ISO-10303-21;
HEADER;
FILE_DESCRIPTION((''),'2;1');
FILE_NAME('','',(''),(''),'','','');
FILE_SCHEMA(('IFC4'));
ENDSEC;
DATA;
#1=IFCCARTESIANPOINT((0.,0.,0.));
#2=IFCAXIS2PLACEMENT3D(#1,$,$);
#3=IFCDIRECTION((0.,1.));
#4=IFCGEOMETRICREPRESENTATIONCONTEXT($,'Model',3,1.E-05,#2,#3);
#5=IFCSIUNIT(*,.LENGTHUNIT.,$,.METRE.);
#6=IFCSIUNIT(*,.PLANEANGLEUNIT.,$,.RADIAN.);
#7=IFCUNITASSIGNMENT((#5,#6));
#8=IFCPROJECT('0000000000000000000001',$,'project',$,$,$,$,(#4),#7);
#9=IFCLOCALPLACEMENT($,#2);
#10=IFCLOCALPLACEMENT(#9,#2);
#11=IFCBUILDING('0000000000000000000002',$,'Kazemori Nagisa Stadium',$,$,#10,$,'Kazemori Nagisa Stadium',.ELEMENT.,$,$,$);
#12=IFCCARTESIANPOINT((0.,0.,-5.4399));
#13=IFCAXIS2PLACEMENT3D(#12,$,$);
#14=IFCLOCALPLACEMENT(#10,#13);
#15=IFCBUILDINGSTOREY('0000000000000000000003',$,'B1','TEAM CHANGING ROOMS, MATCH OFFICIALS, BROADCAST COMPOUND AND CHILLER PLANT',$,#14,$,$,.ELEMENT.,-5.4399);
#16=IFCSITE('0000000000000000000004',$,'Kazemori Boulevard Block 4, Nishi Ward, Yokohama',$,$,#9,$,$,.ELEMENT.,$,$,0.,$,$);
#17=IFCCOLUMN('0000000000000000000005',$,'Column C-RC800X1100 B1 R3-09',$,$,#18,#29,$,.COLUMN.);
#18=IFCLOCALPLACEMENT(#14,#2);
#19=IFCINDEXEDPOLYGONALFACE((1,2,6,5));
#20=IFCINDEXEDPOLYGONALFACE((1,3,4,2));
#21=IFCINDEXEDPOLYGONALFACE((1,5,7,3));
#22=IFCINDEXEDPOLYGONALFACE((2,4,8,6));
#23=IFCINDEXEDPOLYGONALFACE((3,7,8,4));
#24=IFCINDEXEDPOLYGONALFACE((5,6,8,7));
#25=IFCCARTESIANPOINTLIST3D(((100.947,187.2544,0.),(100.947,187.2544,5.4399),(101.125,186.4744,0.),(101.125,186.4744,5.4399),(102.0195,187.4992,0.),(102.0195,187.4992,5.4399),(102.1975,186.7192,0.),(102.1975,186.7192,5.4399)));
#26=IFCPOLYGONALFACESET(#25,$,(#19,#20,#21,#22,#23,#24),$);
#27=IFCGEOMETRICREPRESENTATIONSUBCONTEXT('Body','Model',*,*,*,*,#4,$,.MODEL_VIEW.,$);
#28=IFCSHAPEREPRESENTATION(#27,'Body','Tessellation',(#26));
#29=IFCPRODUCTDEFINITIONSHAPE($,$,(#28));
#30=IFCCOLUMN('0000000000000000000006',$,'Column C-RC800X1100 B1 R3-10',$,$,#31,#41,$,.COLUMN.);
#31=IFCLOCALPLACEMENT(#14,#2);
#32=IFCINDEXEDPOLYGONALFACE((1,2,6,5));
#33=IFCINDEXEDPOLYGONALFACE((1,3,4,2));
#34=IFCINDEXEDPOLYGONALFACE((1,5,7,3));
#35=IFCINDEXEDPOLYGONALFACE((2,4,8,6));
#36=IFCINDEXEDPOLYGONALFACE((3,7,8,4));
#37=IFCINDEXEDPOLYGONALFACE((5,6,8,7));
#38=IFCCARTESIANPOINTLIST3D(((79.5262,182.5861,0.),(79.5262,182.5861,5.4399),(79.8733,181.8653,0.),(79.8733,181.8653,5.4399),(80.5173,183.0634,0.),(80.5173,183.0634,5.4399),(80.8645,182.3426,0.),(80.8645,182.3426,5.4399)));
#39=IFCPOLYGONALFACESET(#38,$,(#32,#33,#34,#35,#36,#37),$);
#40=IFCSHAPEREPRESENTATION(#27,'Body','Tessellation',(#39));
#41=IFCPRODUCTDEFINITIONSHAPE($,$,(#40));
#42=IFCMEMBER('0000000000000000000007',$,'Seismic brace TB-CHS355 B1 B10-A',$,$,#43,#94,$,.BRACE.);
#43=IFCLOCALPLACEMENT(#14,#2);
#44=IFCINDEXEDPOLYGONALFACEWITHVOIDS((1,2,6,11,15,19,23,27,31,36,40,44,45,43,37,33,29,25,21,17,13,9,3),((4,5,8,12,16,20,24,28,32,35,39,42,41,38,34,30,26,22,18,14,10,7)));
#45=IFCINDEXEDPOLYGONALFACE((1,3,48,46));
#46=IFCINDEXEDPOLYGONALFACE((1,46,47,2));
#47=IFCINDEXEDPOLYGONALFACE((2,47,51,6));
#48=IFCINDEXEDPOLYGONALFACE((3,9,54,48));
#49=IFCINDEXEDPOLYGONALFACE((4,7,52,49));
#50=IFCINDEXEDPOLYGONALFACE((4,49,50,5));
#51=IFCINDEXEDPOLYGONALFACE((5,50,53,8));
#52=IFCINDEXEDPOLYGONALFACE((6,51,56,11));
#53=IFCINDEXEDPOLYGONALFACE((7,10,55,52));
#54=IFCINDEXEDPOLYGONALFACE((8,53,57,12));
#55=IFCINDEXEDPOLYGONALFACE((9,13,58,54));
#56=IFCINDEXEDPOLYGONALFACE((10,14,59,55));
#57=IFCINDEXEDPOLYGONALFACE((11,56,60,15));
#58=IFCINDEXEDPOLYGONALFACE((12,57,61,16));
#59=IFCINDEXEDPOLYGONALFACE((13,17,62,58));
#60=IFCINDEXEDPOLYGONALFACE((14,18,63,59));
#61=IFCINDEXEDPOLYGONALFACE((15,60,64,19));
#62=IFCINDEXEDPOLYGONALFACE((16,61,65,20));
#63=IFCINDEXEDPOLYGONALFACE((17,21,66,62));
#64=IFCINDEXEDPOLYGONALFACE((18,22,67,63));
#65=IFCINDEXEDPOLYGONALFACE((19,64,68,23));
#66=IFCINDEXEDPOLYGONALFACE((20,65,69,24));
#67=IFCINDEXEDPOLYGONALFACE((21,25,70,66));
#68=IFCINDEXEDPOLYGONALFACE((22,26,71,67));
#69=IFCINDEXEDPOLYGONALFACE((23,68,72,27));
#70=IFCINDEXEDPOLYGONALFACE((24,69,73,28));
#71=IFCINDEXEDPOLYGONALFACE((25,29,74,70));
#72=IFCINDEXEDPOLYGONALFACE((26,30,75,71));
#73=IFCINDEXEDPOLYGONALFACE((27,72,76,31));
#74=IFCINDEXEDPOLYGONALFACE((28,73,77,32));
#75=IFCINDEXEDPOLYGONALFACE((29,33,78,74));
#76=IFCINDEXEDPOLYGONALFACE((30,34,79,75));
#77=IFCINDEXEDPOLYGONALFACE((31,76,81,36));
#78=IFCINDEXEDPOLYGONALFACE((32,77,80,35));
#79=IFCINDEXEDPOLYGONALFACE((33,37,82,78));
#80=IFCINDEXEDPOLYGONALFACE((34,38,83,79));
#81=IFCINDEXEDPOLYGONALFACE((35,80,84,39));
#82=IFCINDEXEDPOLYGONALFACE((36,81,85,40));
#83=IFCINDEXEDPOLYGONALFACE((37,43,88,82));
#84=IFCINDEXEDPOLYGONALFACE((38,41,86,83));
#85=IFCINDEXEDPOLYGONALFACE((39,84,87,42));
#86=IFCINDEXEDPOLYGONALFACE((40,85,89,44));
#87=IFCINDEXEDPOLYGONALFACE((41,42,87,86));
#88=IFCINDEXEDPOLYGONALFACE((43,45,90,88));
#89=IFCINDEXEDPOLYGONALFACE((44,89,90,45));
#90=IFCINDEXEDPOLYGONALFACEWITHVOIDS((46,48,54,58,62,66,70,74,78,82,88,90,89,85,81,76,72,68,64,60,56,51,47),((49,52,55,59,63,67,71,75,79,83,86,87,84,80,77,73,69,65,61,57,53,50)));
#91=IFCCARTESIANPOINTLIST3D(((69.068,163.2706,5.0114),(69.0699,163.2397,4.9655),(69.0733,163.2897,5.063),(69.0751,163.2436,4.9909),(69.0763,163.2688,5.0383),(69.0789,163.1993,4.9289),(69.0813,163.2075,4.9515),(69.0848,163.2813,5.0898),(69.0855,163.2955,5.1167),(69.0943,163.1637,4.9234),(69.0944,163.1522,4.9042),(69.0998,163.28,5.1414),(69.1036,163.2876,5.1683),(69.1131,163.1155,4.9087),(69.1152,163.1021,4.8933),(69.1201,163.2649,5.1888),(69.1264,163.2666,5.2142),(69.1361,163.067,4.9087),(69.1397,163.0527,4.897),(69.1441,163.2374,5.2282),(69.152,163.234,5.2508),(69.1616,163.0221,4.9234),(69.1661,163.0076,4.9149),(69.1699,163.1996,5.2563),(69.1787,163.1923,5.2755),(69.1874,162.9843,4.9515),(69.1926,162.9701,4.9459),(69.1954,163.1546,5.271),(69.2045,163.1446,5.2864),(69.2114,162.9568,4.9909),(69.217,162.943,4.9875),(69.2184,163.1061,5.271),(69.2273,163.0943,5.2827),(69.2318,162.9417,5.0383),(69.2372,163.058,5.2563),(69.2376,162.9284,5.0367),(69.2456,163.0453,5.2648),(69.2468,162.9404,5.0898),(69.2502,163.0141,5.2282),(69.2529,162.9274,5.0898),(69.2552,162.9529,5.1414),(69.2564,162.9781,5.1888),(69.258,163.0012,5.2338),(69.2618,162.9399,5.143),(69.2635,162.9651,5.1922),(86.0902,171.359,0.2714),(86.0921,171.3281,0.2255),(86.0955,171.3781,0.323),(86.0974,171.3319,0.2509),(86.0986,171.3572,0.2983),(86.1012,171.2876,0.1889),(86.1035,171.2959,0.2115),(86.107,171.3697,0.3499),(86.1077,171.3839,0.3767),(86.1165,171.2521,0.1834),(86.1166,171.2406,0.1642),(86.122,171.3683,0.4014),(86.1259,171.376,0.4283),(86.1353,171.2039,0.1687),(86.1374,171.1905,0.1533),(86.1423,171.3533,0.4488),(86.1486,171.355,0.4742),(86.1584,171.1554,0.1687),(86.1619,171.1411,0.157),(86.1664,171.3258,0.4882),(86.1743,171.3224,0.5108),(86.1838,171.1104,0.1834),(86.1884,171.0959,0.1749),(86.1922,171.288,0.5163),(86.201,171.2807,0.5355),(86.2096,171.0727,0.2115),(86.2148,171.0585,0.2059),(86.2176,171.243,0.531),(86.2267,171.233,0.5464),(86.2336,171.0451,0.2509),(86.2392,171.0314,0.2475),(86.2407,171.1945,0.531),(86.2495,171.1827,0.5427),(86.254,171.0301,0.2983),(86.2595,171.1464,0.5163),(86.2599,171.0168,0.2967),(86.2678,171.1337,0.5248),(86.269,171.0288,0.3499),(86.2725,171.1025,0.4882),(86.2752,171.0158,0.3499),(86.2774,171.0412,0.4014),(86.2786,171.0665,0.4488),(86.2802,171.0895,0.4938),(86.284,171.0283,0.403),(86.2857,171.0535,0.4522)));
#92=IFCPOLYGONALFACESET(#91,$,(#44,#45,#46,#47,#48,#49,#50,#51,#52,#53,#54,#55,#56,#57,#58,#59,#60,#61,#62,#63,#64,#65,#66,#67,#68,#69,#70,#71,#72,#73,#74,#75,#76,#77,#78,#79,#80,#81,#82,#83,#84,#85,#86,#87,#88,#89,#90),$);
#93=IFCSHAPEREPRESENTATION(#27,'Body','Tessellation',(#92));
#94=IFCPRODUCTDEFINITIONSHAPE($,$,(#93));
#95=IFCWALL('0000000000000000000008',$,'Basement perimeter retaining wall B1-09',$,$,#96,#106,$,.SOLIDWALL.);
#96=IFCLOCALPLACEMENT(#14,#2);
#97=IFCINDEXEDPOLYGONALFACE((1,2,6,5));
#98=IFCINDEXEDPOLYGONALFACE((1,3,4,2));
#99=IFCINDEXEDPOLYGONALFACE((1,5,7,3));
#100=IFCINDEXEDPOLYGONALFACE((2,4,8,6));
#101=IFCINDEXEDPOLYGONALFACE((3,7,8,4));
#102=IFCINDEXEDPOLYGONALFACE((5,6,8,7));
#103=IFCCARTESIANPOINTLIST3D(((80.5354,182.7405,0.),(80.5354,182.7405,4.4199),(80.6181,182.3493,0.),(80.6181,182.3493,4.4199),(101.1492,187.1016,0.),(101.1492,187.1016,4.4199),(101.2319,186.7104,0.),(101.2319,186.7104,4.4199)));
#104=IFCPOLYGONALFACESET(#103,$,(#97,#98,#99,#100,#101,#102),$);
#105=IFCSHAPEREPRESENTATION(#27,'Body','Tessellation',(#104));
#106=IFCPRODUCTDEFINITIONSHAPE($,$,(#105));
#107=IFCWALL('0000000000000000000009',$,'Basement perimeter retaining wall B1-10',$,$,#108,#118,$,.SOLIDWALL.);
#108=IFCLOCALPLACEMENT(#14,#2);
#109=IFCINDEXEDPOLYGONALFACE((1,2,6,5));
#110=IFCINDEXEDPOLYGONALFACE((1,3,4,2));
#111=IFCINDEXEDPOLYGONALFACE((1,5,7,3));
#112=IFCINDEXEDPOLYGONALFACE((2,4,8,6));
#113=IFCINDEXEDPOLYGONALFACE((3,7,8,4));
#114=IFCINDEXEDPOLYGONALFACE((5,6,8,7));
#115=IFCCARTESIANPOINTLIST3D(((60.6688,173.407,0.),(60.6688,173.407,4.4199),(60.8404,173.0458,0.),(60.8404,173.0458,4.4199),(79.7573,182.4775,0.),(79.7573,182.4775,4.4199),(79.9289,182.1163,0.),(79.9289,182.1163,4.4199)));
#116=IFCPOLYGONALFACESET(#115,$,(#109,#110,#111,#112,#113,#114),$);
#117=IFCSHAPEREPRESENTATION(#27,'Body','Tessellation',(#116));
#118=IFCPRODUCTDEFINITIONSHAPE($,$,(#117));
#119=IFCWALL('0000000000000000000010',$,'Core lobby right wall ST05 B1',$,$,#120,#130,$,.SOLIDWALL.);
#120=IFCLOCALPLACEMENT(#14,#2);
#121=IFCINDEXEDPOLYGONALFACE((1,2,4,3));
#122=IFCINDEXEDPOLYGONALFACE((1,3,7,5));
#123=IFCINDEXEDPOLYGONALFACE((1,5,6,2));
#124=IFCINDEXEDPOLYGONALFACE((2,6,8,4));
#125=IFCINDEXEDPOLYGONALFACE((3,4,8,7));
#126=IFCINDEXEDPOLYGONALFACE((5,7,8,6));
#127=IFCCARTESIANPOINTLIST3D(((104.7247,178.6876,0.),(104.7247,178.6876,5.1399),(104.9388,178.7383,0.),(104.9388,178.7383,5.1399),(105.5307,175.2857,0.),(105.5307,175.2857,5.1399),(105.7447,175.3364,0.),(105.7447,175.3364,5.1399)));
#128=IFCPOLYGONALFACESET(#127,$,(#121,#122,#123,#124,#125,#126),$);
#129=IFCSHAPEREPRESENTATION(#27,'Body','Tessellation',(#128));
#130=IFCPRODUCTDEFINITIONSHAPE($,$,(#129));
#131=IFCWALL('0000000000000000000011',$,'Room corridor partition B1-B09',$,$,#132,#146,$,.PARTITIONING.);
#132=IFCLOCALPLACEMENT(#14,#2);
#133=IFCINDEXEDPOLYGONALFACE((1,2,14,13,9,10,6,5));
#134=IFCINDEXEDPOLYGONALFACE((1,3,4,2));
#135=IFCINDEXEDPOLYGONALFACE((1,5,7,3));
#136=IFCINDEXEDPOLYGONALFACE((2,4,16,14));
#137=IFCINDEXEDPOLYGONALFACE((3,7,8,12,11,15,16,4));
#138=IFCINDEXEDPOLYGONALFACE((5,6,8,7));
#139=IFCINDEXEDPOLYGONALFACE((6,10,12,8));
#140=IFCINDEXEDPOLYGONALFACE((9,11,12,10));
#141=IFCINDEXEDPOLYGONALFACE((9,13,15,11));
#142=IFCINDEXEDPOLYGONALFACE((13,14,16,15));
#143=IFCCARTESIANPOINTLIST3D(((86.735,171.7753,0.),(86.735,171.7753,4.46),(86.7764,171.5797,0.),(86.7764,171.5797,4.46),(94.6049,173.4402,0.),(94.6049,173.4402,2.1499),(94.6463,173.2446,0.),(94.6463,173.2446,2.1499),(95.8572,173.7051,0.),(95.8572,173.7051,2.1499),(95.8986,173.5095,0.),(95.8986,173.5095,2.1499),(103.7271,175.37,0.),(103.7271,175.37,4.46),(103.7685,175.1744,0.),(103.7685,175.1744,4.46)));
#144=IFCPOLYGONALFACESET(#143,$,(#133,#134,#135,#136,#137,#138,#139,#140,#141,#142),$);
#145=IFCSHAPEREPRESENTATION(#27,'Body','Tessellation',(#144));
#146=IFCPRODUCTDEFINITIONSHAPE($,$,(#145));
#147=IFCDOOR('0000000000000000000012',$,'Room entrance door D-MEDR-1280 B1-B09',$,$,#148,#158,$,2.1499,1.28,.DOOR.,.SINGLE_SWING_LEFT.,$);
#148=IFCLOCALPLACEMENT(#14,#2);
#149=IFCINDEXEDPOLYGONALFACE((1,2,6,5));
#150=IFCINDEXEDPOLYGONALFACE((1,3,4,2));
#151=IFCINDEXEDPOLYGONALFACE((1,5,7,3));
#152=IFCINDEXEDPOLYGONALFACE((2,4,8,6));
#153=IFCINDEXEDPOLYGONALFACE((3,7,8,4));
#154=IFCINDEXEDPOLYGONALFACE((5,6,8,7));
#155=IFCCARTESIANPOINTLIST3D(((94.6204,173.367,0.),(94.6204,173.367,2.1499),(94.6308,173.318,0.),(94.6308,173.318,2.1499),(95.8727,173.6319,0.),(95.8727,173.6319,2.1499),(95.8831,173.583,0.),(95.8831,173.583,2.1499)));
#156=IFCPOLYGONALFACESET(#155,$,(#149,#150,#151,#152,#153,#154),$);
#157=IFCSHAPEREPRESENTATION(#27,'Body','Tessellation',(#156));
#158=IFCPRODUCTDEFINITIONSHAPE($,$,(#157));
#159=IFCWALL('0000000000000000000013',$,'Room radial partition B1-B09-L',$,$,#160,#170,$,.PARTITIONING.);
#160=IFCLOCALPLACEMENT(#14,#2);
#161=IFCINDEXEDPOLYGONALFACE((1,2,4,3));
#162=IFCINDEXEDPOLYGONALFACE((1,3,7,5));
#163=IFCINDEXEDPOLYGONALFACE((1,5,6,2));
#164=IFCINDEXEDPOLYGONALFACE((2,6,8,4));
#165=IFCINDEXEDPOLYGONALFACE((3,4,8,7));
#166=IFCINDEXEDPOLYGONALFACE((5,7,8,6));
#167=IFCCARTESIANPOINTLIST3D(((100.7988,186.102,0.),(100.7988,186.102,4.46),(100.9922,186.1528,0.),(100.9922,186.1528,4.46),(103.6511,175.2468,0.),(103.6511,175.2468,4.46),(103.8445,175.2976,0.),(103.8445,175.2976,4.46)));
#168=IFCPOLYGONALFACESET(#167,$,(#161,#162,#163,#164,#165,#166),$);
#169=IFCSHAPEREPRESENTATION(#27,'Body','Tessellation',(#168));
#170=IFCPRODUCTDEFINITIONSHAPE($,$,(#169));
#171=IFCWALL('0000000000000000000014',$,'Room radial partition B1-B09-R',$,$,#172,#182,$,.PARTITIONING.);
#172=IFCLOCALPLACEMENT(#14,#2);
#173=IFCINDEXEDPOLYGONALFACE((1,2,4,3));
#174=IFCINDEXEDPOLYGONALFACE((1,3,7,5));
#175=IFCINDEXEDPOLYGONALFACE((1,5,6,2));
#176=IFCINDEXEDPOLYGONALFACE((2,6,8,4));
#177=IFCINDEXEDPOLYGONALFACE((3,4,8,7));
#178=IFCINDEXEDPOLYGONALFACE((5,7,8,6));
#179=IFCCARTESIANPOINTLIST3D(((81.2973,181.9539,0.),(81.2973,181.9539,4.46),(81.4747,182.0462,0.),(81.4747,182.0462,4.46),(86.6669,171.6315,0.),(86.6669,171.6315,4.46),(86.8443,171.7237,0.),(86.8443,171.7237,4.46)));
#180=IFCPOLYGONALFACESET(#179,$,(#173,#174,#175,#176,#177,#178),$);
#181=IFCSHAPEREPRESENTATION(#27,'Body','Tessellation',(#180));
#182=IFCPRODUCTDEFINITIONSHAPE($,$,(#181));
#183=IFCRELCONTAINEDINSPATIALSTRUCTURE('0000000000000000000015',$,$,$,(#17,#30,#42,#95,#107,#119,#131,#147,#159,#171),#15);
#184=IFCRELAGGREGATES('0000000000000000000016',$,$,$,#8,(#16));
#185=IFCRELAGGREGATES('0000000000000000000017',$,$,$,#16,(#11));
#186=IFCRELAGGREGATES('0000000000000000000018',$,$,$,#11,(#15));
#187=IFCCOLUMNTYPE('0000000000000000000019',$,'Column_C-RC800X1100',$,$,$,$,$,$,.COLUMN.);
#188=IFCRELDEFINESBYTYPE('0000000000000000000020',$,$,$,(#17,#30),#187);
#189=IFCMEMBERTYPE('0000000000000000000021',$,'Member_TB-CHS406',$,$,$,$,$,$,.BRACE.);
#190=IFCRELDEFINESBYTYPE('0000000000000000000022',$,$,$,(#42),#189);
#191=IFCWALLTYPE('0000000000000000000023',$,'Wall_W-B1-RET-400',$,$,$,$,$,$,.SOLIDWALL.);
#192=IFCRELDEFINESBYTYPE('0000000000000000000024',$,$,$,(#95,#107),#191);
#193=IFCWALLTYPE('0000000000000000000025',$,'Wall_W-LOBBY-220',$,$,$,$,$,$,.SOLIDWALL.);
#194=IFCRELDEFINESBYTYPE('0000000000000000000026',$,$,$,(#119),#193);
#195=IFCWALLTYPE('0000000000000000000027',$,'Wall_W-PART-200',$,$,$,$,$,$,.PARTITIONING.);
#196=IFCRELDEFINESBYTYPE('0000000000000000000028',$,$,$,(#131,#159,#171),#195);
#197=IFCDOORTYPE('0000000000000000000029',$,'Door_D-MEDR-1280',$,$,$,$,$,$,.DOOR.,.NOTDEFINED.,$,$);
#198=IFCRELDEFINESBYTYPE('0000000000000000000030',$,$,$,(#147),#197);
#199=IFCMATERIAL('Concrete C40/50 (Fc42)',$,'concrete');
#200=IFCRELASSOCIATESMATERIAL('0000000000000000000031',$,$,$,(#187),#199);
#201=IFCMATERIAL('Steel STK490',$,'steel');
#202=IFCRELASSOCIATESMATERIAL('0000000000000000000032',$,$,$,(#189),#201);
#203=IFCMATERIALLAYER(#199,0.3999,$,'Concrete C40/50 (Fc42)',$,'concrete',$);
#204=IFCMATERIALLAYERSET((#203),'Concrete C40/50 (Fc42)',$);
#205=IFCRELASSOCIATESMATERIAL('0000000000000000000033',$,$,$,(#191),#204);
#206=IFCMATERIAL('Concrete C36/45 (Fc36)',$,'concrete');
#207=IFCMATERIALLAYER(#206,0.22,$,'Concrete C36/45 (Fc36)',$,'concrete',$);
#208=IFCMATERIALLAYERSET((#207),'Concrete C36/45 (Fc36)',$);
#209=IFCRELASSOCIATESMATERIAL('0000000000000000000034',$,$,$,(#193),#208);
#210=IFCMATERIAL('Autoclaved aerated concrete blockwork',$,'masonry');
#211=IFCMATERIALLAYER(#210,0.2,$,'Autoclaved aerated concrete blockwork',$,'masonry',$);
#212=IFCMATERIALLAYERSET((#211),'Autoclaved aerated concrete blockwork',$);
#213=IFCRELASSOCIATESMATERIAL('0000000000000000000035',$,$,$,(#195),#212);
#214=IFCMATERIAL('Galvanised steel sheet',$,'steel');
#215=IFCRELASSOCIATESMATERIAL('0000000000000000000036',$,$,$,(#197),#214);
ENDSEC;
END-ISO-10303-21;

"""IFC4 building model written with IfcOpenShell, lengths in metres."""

from ifc_helpers import new_model, si_unit, direction, frame, frame_2d, origin, origin_2d, place, context, subcontext, project, spatial, rectangle, hollow_circle, extrude, material, layer, layer_set, material_profile, profile_set, type_object, element, fill, save


model = new_model("IFC4")

# Units and contexts
model_context = context("Model", 3, precision=1e-05, world=origin(), true_north=direction((0.0, 1.0)))
body_context = subcontext(model_context, "Body", "Model", "MODEL_VIEW")
ifc_project = project(units=[si_unit("LENGTHUNIT", "METRE"), si_unit("PLANEANGLEUNIT", "RADIAN")], contexts=[model_context])

# Site, building, storey
site_placement = place(None, origin())
site = spatial("IfcSite", under=ifc_project, at=site_placement, Name="Kazemori Boulevard Block 4, Nishi Ward, Yokohama", CompositionType="ELEMENT", RefElevation=0.0)
building_placement = place(site_placement, origin())
building = spatial("IfcBuilding", under=site, at=building_placement, Name="Kazemori Nagisa Stadium", LongName="Kazemori Nagisa Stadium", CompositionType="ELEMENT")
storey_placement = place(building_placement, frame((0.0, 0.0, -5.4399)))
storey = spatial("IfcBuildingStorey", under=building, at=storey_placement, Name="B1", Description="TEAM CHANGING ROOMS, MATCH OFFICIALS, BROADCAST COMPOUND AND CHILLER PLANT", CompositionType="ELEMENT", Elevation=-5.4399)

# Shared definitions
ifc_material_1 = material(Name="Concrete C40/50 (Fc42)", Category="concrete")

# Shared definitions
ifc_material_2 = material(Name="Concrete C36/45 (Fc36)", Category="concrete")

# Columns
ifc_material_profile_1 = material_profile(ifc_material_1, rectangle(XDim=0.8, YDim=1.1001, at=origin_2d()), Name="RC-COL-800x1100")
ifc_profile_set_1 = profile_set([ifc_material_profile_1], Name="Concrete C40/50 (Fc42)")
column_type_1 = type_object("IfcColumnType", Name="Column_C-RC800X1100", PredefinedType="COLUMN", material=ifc_profile_set_1)
for number, where, z_axis, x_axis, name in (
    (1, (101.5723, 186.9868, 0.0), (0.0, 0.0, 1.0), (-0.222521, 0.974928, 0.0), "Column C-RC800X1100 B1 R3-09"),
    (2, (80.1953, 182.4644, 0.0), (0.0, 0.0, 1.0), (-0.433884, 0.900969, 0.0), "Column C-RC800X1100 B1 R3-10"),
):
    element("IfcColumn", number, at=place(storey_placement, frame(where, z_axis=z_axis, x_axis=x_axis)), inside=storey, type_object=column_type_1, Name=name, PredefinedType="COLUMN", context=body_context, shape_type="SweptSolid", body=[
        extrude(rectangle(XDim=0.8, YDim=1.1001, at=origin_2d()), origin(), (0.0, 0.0, 1.0), 5.4399),
    ])

# Member
ifc_material_3 = material(Name="Steel STK490", Category="steel")
ifc_material_profile_2 = material_profile(ifc_material_3, hollow_circle(Radius=0.2031, WallThickness=0.0144, at=origin_2d()), Name="CHS-406.4x14.3")
ifc_profile_set_2 = profile_set([ifc_material_profile_2], Name="Steel STK490")
member_type = type_object("IfcMemberType", Name="Member_TB-CHS406", PredefinedType="BRACE", material=ifc_profile_set_2)
member_placement = place(storey_placement, frame((86.188, 171.1992, 0.3499), z_axis=(-0.875939, -0.416217, 0.243913), x_axis=(0.429179, -0.903219, 0.0)))
element("IfcMember", 3, at=member_placement, inside=storey, type_object=member_type, Name="Seismic brace TB-CHS355 B1 B10-A", PredefinedType="BRACE", context=body_context, shape_type="SweptSolid", body=[
    extrude(hollow_circle(Radius=0.2031, WallThickness=0.0144, at=origin_2d()), origin(), (0.0, 0.0, 1.0), 19.4331),
])

# Walls
ifc_layer_1 = layer(ifc_material_1, 0.3999, Name="Concrete C40/50 (Fc42)", Category="concrete")
ifc_layer_set_1 = layer_set([ifc_layer_1], Name="Concrete C40/50 (Fc42)")
wall_type_1 = type_object("IfcWallType", Name="Wall_W-B1-RET-400", PredefinedType="SOLIDWALL", material=ifc_layer_set_1)
wall_1_placement = place(storey_placement, frame((101.1907, 186.906, 0.0), z_axis=(0.0, 0.0, 1.0), x_axis=(-0.978345, -0.20698, 0.0)))
element("IfcWall", 4, at=wall_1_placement, inside=storey, type_object=wall_type_1, Name="Basement perimeter retaining wall B1-09", PredefinedType="SOLIDWALL", context=body_context, shape_type="SweptSolid", body=[
    extrude(rectangle(XDim=21.0701, YDim=0.3999, at=frame_2d((10.5352, 0.0))), origin(), (0.0, 0.0, 1.0), 4.4199),
])
wall_2_placement = place(storey_placement, frame((79.843, 182.2969, 0.0), z_axis=(0.0, 0.0, 1.0), x_axis=(-0.903214, -0.42919, 0.0)))
element("IfcWall", 5, at=wall_2_placement, inside=storey, type_object=wall_type_1, Name="Basement perimeter retaining wall B1-10", PredefinedType="SOLIDWALL", context=body_context, shape_type="SweptSolid", body=[
    extrude(rectangle(XDim=21.134, YDim=0.3999, at=frame_2d((10.5669, 0.0))), origin(), (0.0, 0.0, 1.0), 4.4199),
])
ifc_layer_2 = layer(ifc_material_2, 0.22, Name="Concrete C36/45 (Fc36)", Category="concrete")
ifc_layer_set_2 = layer_set([ifc_layer_2], Name="Concrete C36/45 (Fc36)")
wall_type_2 = type_object("IfcWallType", Name="Wall_W-LOBBY-220", PredefinedType="SOLIDWALL", material=ifc_layer_set_2)
wall_3_placement = place(storey_placement, frame((105.6377, 175.311, 0.0), z_axis=(0.0, 0.0, 1.0), x_axis=(-0.230522, 0.973067, 0.0)))
element("IfcWall", 6, at=wall_3_placement, inside=storey, type_object=wall_type_2, Name="Core lobby right wall ST05 B1", PredefinedType="SOLIDWALL", context=body_context, shape_type="SweptSolid", body=[
    extrude(rectangle(XDim=3.4961, YDim=0.22, at=frame_2d((1.748, 0.0))), origin(), (0.0, 0.0, 1.0), 5.1399),
])

# Wall, opening, door
ifc_material_4 = material(Name="Autoclaved aerated concrete blockwork", Category="masonry")
ifc_layer_3 = layer(ifc_material_4, 0.2, Name="Autoclaved aerated concrete blockwork", Category="masonry")
ifc_layer_set_3 = layer_set([ifc_layer_3], Name="Autoclaved aerated concrete blockwork")
wall_type_3 = type_object("IfcWallType", Name="Wall_W-PART-200", PredefinedType="PARTITIONING", material=ifc_layer_set_3)
wall_4_placement = place(storey_placement, frame((103.7478, 175.2722, 0.0), z_axis=(0.0, 0.0, 1.0), x_axis=(-0.978347, -0.206971, 0.0)))
wall_4 = element("IfcWall", 7, at=wall_4_placement, inside=storey, type_object=wall_type_3, Name="Room corridor partition B1-B09", PredefinedType="PARTITIONING", context=body_context, shape_type="SweptSolid", body=[
    extrude(rectangle(XDim=17.3682, YDim=0.2, at=frame_2d((8.6841, 0.0))), origin(), (0.0, 0.0, 1.0), 4.46),
])
opening_1_placement = place(wall_4_placement, frame((8.0439, 0.0, 0.0)))
opening_1 = element("IfcOpeningElement", 8, at=opening_1_placement, cuts=wall_4, PredefinedType="OPENING", context=body_context, shape_type="SweptSolid", body=[
    extrude(rectangle(XDim=1.28, YDim=2.1499, at=frame_2d((0.6401, 1.075))), frame((0.0, 0.1099, 0.0), z_axis=(0.0, -1.0, 0.0), x_axis=(1.0, 0.0, 0.0)), (0.0, 0.0, 1.0), 0.22),
])
ifc_material_5 = material(Name="Galvanised steel sheet", Category="steel")
door_type_1 = type_object("IfcDoorType", Name="Door_D-MEDR-1280", OperationType="NOTDEFINED", PredefinedType="DOOR", material=ifc_material_5)
door_1_placement = place(opening_1_placement, origin())
door_1 = element("IfcDoor", 9, at=door_1_placement, inside=storey, type_object=door_type_1, Name="Room entrance door D-MEDR-1280 B1-B09", OperationType="SINGLE_SWING_LEFT", OverallHeight=2.1499, OverallWidth=1.28, PredefinedType="DOOR", context=body_context, shape_type="SweptSolid", body=[
    extrude(rectangle(XDim=1.28, YDim=2.1499, at=frame_2d((0.6401, 1.075))), frame((0.0, 0.0249, 0.0), z_axis=(0.0, -1.0, 0.0), x_axis=(1.0, 0.0, 0.0)), (0.0, 0.0, 1.0), 0.05),
])
fill(opening_1, door_1)

# Walls
wall_5_placement = place(storey_placement, frame((103.7478, 175.2722, 0.0), z_axis=(0.0, 0.0, 1.0), x_axis=(-0.254131, 0.96717, 0.0)))
element("IfcWall", 10, at=wall_5_placement, inside=storey, type_object=wall_type_3, Name="Room radial partition B1-B09-L", PredefinedType="PARTITIONING", context=body_context, shape_type="SweptSolid", body=[
    extrude(rectangle(XDim=11.2236, YDim=0.2, at=frame_2d((5.6118, 0.0))), origin(), (0.0, 0.0, 1.0), 4.46),
])
wall_6_placement = place(storey_placement, frame((86.7556, 171.6775, 0.0), z_axis=(0.0, 0.0, 1.0), x_axis=(-0.461483, 0.887149, 0.0)))
element("IfcWall", 11, at=wall_6_placement, inside=storey, type_object=wall_type_3, Name="Room radial partition B1-B09-R", PredefinedType="PARTITIONING", context=body_context, shape_type="SweptSolid", body=[
    extrude(rectangle(XDim=11.6355, YDim=0.2, at=frame_2d((5.8179, 0.0))), origin(), (0.0, 0.0, 1.0), 4.46),
])

save(model, "model.ifc")
